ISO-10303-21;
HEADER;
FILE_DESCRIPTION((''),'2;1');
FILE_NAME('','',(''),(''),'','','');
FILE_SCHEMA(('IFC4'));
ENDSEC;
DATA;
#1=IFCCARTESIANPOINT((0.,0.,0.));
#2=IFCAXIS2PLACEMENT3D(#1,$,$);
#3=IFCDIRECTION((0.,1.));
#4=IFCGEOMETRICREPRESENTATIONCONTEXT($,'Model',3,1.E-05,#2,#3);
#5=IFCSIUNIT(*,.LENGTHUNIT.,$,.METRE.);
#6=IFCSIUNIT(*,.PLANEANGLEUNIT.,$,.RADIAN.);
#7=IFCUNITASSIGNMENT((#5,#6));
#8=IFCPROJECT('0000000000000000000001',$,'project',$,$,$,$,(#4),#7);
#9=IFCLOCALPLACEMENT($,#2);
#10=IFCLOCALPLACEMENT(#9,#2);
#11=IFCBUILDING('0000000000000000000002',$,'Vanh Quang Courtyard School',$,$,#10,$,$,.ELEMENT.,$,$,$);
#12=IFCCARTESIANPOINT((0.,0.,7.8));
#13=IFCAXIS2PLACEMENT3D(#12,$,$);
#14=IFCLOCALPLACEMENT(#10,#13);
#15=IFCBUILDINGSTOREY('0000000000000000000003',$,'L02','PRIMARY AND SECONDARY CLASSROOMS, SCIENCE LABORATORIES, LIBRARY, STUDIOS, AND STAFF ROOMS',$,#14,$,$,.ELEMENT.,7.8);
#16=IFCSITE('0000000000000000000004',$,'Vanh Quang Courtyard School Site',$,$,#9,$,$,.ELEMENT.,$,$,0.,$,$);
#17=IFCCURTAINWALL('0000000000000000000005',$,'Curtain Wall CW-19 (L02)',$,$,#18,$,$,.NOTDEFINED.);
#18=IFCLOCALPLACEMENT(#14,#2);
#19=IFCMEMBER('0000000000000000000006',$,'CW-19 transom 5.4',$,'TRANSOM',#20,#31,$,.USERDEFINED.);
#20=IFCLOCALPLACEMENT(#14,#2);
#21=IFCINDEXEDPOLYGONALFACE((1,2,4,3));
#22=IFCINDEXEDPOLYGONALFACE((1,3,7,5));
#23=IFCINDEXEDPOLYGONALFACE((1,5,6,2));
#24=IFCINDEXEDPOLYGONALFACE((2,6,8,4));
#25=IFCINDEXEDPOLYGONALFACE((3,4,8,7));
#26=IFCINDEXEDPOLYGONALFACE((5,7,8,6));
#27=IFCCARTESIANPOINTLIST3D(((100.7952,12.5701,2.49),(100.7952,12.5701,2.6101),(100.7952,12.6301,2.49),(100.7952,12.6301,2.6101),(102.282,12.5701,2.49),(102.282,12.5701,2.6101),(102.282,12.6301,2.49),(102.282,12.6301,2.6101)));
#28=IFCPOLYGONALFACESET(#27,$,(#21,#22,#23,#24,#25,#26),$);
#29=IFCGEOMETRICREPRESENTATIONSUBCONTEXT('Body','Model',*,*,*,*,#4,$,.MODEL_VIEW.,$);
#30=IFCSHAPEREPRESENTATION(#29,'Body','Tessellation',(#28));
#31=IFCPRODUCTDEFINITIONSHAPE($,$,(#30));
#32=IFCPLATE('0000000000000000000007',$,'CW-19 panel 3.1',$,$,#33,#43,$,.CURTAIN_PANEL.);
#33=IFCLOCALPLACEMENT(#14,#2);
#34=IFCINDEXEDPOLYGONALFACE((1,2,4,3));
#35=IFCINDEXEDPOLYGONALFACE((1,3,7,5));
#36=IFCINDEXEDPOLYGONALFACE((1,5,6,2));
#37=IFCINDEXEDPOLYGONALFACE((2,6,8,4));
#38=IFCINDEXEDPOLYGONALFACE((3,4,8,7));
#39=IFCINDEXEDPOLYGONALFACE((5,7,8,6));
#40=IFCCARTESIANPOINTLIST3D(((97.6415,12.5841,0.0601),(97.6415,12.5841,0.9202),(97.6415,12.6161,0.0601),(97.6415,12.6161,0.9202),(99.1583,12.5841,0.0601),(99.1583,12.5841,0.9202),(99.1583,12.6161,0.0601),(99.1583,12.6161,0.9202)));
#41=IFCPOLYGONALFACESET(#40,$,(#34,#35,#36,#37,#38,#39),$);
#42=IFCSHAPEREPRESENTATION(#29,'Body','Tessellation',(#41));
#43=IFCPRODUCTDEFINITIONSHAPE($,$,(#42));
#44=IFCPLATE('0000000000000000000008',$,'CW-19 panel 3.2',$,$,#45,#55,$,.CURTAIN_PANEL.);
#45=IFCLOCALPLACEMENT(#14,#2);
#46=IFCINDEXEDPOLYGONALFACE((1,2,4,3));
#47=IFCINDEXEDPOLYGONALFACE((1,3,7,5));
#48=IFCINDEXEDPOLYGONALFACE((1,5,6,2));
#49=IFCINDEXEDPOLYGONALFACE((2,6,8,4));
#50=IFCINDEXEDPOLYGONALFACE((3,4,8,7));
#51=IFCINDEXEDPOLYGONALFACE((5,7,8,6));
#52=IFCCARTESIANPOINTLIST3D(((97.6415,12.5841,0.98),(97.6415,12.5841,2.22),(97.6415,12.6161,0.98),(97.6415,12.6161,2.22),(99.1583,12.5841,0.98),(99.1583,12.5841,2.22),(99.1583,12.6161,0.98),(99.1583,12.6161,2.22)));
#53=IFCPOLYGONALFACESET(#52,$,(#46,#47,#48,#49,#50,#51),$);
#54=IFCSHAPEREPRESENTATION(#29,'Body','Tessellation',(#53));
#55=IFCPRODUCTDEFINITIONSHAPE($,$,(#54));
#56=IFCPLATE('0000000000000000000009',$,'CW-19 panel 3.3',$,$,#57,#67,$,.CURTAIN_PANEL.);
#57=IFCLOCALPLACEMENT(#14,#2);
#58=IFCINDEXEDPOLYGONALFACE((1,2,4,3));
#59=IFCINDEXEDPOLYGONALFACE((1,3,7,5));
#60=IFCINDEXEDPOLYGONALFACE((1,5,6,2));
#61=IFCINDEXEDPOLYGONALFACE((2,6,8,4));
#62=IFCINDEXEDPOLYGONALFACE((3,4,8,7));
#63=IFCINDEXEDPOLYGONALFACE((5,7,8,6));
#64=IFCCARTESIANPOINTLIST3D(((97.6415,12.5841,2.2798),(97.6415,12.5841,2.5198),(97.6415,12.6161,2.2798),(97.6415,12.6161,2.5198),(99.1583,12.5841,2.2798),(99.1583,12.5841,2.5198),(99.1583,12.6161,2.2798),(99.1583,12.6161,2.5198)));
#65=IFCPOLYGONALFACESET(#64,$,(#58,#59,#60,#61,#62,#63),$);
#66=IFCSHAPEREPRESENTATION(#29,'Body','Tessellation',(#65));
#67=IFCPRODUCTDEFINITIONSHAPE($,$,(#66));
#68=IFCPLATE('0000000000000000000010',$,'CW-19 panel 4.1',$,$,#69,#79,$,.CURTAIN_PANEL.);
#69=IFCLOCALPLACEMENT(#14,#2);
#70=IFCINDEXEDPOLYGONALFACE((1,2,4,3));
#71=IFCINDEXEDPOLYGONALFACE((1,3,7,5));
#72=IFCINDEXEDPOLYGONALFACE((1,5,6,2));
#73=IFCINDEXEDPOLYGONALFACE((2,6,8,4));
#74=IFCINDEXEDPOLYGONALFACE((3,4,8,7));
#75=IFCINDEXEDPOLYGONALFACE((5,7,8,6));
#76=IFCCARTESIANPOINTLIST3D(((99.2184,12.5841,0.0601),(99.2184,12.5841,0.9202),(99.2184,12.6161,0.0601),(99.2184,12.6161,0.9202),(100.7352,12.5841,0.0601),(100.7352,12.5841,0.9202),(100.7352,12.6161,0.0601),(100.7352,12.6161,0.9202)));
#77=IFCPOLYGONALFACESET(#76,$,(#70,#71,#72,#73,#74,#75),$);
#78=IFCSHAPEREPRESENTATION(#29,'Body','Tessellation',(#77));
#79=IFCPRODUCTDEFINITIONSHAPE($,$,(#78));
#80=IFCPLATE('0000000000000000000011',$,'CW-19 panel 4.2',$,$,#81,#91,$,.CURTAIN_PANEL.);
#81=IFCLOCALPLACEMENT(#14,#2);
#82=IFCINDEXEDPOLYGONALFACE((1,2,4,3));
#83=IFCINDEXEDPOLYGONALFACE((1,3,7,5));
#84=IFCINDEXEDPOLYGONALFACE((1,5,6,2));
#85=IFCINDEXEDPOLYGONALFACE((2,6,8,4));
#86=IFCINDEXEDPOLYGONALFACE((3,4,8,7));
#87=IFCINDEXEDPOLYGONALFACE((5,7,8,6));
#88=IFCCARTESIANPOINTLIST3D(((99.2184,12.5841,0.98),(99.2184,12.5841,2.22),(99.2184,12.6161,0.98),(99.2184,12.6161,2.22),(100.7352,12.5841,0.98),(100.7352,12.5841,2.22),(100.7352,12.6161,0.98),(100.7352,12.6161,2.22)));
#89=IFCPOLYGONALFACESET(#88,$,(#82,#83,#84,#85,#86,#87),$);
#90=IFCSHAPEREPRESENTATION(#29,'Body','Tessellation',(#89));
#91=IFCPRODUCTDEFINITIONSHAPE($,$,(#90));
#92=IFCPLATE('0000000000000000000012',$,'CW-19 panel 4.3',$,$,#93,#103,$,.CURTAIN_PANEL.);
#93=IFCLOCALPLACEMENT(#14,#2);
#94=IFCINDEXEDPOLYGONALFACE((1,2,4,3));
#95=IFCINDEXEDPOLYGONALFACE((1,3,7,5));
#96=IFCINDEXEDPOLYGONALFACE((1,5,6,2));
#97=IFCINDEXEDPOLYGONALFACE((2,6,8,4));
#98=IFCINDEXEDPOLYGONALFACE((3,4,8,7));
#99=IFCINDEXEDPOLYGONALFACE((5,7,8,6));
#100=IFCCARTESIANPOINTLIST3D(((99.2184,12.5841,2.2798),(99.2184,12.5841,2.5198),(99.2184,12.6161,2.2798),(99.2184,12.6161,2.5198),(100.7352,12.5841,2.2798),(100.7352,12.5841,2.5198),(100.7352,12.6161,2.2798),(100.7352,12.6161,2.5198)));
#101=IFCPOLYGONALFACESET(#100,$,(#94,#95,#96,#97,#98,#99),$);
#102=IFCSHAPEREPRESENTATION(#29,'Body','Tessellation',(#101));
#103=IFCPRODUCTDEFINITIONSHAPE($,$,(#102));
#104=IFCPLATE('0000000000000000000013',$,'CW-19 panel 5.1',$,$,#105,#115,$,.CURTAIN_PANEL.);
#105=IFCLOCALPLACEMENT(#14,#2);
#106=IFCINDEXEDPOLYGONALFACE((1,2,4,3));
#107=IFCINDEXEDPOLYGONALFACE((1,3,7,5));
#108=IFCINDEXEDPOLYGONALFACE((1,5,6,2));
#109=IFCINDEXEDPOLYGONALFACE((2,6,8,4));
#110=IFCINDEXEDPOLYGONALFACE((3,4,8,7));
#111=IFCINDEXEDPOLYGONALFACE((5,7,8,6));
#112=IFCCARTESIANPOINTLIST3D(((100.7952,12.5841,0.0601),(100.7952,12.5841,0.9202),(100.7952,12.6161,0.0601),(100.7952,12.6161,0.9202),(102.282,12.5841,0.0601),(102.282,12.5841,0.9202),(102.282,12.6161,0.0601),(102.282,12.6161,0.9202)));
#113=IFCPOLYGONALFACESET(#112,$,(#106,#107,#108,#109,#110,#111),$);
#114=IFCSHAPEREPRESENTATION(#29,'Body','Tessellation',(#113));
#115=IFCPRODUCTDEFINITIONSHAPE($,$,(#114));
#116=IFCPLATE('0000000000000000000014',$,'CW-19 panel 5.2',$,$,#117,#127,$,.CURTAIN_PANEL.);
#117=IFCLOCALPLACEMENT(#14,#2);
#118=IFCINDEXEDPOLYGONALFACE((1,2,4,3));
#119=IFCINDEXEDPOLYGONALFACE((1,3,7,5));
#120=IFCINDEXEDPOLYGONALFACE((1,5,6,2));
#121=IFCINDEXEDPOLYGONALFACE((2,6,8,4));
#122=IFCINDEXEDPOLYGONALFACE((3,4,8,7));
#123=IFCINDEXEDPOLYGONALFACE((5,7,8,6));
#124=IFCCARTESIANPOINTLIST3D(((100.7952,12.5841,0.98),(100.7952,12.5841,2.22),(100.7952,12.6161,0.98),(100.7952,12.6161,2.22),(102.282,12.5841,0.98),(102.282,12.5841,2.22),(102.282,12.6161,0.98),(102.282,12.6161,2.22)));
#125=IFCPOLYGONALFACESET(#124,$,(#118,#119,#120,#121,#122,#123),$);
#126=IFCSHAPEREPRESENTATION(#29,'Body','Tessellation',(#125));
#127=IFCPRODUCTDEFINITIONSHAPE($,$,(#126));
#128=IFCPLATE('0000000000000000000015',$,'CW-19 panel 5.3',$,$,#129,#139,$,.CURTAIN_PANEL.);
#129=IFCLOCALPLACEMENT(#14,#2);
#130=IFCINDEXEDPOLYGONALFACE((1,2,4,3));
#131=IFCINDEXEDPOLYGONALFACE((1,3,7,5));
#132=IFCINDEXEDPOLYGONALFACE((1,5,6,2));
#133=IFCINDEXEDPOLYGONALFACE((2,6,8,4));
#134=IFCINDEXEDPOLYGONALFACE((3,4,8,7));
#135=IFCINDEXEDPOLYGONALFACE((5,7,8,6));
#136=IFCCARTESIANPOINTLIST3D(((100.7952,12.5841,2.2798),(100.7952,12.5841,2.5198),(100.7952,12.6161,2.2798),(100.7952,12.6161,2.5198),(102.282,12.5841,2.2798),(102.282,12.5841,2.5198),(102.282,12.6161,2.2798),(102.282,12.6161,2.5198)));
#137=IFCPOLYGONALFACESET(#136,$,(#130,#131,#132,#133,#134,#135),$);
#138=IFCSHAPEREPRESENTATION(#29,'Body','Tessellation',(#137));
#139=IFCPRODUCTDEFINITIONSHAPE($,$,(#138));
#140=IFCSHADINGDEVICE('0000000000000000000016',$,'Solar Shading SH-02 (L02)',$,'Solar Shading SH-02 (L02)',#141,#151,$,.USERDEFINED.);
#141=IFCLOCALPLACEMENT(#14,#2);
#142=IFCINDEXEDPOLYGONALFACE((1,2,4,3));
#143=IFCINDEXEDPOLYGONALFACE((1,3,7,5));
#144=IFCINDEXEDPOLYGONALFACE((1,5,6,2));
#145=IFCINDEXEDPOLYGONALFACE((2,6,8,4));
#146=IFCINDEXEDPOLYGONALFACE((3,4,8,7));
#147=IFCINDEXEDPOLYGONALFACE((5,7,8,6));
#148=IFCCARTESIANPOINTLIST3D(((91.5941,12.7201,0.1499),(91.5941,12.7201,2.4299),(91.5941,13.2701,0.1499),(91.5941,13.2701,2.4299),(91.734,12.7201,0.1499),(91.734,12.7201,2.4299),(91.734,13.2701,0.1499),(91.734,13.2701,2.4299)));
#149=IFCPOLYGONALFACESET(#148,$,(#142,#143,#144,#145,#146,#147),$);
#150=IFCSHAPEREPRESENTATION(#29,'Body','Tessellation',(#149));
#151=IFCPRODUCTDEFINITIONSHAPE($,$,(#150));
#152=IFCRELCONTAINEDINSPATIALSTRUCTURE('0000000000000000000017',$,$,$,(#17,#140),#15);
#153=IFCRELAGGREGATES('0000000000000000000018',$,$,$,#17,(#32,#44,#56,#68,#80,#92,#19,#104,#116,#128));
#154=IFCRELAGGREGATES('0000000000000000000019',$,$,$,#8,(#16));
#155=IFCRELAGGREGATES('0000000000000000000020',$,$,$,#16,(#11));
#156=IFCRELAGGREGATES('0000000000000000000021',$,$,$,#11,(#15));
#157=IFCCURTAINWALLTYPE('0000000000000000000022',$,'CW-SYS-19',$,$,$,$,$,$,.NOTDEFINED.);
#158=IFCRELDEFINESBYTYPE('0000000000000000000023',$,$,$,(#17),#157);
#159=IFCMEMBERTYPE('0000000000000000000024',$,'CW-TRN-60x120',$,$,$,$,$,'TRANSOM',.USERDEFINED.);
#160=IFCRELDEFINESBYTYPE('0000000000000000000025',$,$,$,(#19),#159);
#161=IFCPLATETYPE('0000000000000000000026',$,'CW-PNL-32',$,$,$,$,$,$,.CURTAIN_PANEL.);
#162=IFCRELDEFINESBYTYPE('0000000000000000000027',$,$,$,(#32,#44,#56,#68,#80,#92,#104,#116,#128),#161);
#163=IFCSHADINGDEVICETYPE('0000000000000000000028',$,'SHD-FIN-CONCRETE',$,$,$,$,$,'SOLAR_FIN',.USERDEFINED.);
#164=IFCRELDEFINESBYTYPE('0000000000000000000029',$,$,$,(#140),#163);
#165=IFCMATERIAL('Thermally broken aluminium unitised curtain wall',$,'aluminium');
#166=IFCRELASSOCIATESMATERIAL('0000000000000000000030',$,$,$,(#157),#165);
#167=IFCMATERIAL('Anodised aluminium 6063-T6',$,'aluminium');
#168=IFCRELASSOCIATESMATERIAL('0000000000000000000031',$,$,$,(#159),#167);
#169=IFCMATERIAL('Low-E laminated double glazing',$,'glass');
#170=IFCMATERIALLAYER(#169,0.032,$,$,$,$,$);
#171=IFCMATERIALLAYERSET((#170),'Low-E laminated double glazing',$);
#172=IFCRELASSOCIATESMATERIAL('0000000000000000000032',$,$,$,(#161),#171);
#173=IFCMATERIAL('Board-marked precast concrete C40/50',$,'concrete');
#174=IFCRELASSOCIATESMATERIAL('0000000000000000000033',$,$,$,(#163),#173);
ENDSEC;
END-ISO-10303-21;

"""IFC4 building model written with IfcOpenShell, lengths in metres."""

from ifc_helpers import new_model, si_unit, direction, frame, origin, origin_2d, place, context, subcontext, project, spatial, rectangle, extrude, material, layer, layer_set, material_profile, profile_set, type_object, element, aggregate, save


model = new_model("IFC4")

# Units and contexts
model_context = context("Model", 3, precision=1e-05, world=origin(), true_north=direction((0.0, 1.0)))
body_context = subcontext(model_context, "Body", "Model", "MODEL_VIEW")
ifc_project = project(units=[si_unit("LENGTHUNIT", "METRE"), si_unit("PLANEANGLEUNIT", "RADIAN")], contexts=[model_context])

# Site, building, storey
site_placement = place(None, origin())
site = spatial("IfcSite", under=ifc_project, at=site_placement, Name="Vanh Quang Courtyard School Site", CompositionType="ELEMENT", RefElevation=0.0)
building_placement = place(site_placement, origin())
building = spatial("IfcBuilding", under=site, at=building_placement, Name="Vanh Quang Courtyard School", CompositionType="ELEMENT")
storey_placement = place(building_placement, frame((0.0, 0.0, 7.8)))
storey = spatial("IfcBuildingStorey", under=building, at=storey_placement, Name="L02", Description="PRIMARY AND SECONDARY CLASSROOMS, SCIENCE LABORATORIES, LIBRARY, STUDIOS, AND STAFF ROOMS", CompositionType="ELEMENT", Elevation=7.8)

# Curtain wall, member, plates
ifc_material_1 = material(Name="Thermally broken aluminium unitised curtain wall", Category="aluminium")
curtain_wall_type = type_object("IfcCurtainWallType", Name="CW-SYS-19", PredefinedType="NOTDEFINED", material=ifc_material_1)
curtain_wall_placement = place(storey_placement, origin())
curtain_wall = element("IfcCurtainWall", 1, at=curtain_wall_placement, inside=storey, type_object=curtain_wall_type, Name="Curtain Wall CW-19 (L02)", PredefinedType="NOTDEFINED")
ifc_material_2 = material(Name="Anodised aluminium 6063-T6", Category="aluminium")
ifc_material_profile_1 = material_profile(ifc_material_2, rectangle(XDim=0.0601, YDim=0.1201, at=origin_2d()), Name="ALU-TRN 60x120")
ifc_profile_set_1 = profile_set([ifc_material_profile_1], Name="Anodised aluminium 6063-T6")
member_type_1 = type_object("IfcMemberType", Name="CW-TRN-60x120", ElementType="TRANSOM", PredefinedType="USERDEFINED", material=ifc_profile_set_1)
member_1_placement = place(storey_placement, frame((100.7952, 12.6001, 2.55), z_axis=(1.0, 0.0, 0.0), x_axis=(0.0, 1.0, 0.0)))
member_1 = element("IfcMember", 2, at=member_1_placement, type_object=member_type_1, Name="CW-19 transom 5.4", ObjectType="TRANSOM", PredefinedType="USERDEFINED", context=body_context, shape_type="SweptSolid", body=[
    extrude(rectangle(XDim=0.0601, YDim=0.1201, at=origin_2d()), origin(), (0.0, 0.0, 1.0), 1.4868),
])
ifc_material_3 = material(Name="Low-E laminated double glazing", Category="glass")
ifc_layer = layer(ifc_material_3, 0.032)
ifc_layer_set = layer_set([ifc_layer], Name="Low-E laminated double glazing")
plate_type = type_object("IfcPlateType", Name="CW-PNL-32", PredefinedType="CURTAIN_PANEL", material=ifc_layer_set)
plate_1_placement = place(storey_placement, frame((98.3999, 12.6001, 0.0601), z_axis=(0.0, 0.0, 1.0), x_axis=(1.0, 0.0, 0.0)))
plate_1 = element("IfcPlate", 3, at=plate_1_placement, type_object=plate_type, Name="CW-19 panel 3.1", PredefinedType="CURTAIN_PANEL", context=body_context, shape_type="SweptSolid", body=[
    extrude(rectangle(XDim=1.5168, YDim=0.032, at=origin_2d()), origin(), (0.0, 0.0, 1.0), 0.8601),
])
plate_2_placement = place(storey_placement, frame((98.3999, 12.6001, 0.98), z_axis=(0.0, 0.0, 1.0), x_axis=(1.0, 0.0, 0.0)))
plate_2 = element("IfcPlate", 4, at=plate_2_placement, type_object=plate_type, Name="CW-19 panel 3.2", PredefinedType="CURTAIN_PANEL", context=body_context, shape_type="SweptSolid", body=[
    extrude(rectangle(XDim=1.5168, YDim=0.032, at=origin_2d()), origin(), (0.0, 0.0, 1.0), 1.24),
])
plate_3_placement = place(storey_placement, frame((98.3999, 12.6001, 2.2798), z_axis=(0.0, 0.0, 1.0), x_axis=(1.0, 0.0, 0.0)))
plate_3 = element("IfcPlate", 5, at=plate_3_placement, type_object=plate_type, Name="CW-19 panel 3.3", PredefinedType="CURTAIN_PANEL", context=body_context, shape_type="SweptSolid", body=[
    extrude(rectangle(XDim=1.5168, YDim=0.032, at=origin_2d()), origin(), (0.0, 0.0, 1.0), 0.24),
])
plate_4_placement = place(storey_placement, frame((99.9768, 12.6001, 0.0601), z_axis=(0.0, 0.0, 1.0), x_axis=(1.0, 0.0, 0.0)))
plate_4 = element("IfcPlate", 6, at=plate_4_placement, type_object=plate_type, Name="CW-19 panel 4.1", PredefinedType="CURTAIN_PANEL", context=body_context, shape_type="SweptSolid", body=[
    extrude(rectangle(XDim=1.5168, YDim=0.032, at=origin_2d()), origin(), (0.0, 0.0, 1.0), 0.8601),
])
plate_5_placement = place(storey_placement, frame((99.9768, 12.6001, 0.98), z_axis=(0.0, 0.0, 1.0), x_axis=(1.0, 0.0, 0.0)))
plate_5 = element("IfcPlate", 7, at=plate_5_placement, type_object=plate_type, Name="CW-19 panel 4.2", PredefinedType="CURTAIN_PANEL", context=body_context, shape_type="SweptSolid", body=[
    extrude(rectangle(XDim=1.5168, YDim=0.032, at=origin_2d()), origin(), (0.0, 0.0, 1.0), 1.24),
])
plate_6_placement = place(storey_placement, frame((99.9768, 12.6001, 2.2798), z_axis=(0.0, 0.0, 1.0), x_axis=(1.0, 0.0, 0.0)))
plate_6 = element("IfcPlate", 8, at=plate_6_placement, type_object=plate_type, Name="CW-19 panel 4.3", PredefinedType="CURTAIN_PANEL", context=body_context, shape_type="SweptSolid", body=[
    extrude(rectangle(XDim=1.5168, YDim=0.032, at=origin_2d()), origin(), (0.0, 0.0, 1.0), 0.24),
])
plate_7_placement = place(storey_placement, frame((101.5386, 12.6001, 0.0601), z_axis=(0.0, 0.0, 1.0), x_axis=(1.0, 0.0, 0.0)))
plate_7 = element("IfcPlate", 9, at=plate_7_placement, type_object=plate_type, Name="CW-19 panel 5.1", PredefinedType="CURTAIN_PANEL", context=body_context, shape_type="SweptSolid", body=[
    extrude(rectangle(XDim=1.4868, YDim=0.032, at=origin_2d()), origin(), (0.0, 0.0, 1.0), 0.8601),
])
plate_8_placement = place(storey_placement, frame((101.5386, 12.6001, 0.98), z_axis=(0.0, 0.0, 1.0), x_axis=(1.0, 0.0, 0.0)))
plate_8 = element("IfcPlate", 10, at=plate_8_placement, type_object=plate_type, Name="CW-19 panel 5.2", PredefinedType="CURTAIN_PANEL", context=body_context, shape_type="SweptSolid", body=[
    extrude(rectangle(XDim=1.4868, YDim=0.032, at=origin_2d()), origin(), (0.0, 0.0, 1.0), 1.24),
])
plate_9_placement = place(storey_placement, frame((101.5386, 12.6001, 2.2798), z_axis=(0.0, 0.0, 1.0), x_axis=(1.0, 0.0, 0.0)))
plate_9 = element("IfcPlate", 11, at=plate_9_placement, type_object=plate_type, Name="CW-19 panel 5.3", PredefinedType="CURTAIN_PANEL", context=body_context, shape_type="SweptSolid", body=[
    extrude(rectangle(XDim=1.4868, YDim=0.032, at=origin_2d()), origin(), (0.0, 0.0, 1.0), 0.24),
])
aggregate(curtain_wall, [plate_1, plate_2, plate_3, plate_4, plate_5, plate_6, member_1, plate_7, plate_8, plate_9])

# Shading device
ifc_material_4 = material(Name="Board-marked precast concrete C40/50", Category="concrete")
shading_device_type = type_object("IfcShadingDeviceType", Name="SHD-FIN-CONCRETE", ElementType="SOLAR_FIN", PredefinedType="USERDEFINED", material=ifc_material_4)
shading_device_placement = place(storey_placement, frame((91.6641, 12.9951, 0.1499), z_axis=(0.0, 0.0, 1.0), x_axis=(1.0, 0.0, 0.0)))
element("IfcShadingDevice", 12, at=shading_device_placement, inside=storey, type_object=shading_device_type, Name="Solar Shading SH-02 (L02)", ObjectType="Solar Shading SH-02 (L02)", PredefinedType="USERDEFINED", context=body_context, shape_type="SweptSolid", body=[
    extrude(rectangle(XDim=0.1399, YDim=0.55, at=origin_2d()), origin(), (0.0, 0.0, 1.0), 2.28),
])

save(model, "model.ifc")
